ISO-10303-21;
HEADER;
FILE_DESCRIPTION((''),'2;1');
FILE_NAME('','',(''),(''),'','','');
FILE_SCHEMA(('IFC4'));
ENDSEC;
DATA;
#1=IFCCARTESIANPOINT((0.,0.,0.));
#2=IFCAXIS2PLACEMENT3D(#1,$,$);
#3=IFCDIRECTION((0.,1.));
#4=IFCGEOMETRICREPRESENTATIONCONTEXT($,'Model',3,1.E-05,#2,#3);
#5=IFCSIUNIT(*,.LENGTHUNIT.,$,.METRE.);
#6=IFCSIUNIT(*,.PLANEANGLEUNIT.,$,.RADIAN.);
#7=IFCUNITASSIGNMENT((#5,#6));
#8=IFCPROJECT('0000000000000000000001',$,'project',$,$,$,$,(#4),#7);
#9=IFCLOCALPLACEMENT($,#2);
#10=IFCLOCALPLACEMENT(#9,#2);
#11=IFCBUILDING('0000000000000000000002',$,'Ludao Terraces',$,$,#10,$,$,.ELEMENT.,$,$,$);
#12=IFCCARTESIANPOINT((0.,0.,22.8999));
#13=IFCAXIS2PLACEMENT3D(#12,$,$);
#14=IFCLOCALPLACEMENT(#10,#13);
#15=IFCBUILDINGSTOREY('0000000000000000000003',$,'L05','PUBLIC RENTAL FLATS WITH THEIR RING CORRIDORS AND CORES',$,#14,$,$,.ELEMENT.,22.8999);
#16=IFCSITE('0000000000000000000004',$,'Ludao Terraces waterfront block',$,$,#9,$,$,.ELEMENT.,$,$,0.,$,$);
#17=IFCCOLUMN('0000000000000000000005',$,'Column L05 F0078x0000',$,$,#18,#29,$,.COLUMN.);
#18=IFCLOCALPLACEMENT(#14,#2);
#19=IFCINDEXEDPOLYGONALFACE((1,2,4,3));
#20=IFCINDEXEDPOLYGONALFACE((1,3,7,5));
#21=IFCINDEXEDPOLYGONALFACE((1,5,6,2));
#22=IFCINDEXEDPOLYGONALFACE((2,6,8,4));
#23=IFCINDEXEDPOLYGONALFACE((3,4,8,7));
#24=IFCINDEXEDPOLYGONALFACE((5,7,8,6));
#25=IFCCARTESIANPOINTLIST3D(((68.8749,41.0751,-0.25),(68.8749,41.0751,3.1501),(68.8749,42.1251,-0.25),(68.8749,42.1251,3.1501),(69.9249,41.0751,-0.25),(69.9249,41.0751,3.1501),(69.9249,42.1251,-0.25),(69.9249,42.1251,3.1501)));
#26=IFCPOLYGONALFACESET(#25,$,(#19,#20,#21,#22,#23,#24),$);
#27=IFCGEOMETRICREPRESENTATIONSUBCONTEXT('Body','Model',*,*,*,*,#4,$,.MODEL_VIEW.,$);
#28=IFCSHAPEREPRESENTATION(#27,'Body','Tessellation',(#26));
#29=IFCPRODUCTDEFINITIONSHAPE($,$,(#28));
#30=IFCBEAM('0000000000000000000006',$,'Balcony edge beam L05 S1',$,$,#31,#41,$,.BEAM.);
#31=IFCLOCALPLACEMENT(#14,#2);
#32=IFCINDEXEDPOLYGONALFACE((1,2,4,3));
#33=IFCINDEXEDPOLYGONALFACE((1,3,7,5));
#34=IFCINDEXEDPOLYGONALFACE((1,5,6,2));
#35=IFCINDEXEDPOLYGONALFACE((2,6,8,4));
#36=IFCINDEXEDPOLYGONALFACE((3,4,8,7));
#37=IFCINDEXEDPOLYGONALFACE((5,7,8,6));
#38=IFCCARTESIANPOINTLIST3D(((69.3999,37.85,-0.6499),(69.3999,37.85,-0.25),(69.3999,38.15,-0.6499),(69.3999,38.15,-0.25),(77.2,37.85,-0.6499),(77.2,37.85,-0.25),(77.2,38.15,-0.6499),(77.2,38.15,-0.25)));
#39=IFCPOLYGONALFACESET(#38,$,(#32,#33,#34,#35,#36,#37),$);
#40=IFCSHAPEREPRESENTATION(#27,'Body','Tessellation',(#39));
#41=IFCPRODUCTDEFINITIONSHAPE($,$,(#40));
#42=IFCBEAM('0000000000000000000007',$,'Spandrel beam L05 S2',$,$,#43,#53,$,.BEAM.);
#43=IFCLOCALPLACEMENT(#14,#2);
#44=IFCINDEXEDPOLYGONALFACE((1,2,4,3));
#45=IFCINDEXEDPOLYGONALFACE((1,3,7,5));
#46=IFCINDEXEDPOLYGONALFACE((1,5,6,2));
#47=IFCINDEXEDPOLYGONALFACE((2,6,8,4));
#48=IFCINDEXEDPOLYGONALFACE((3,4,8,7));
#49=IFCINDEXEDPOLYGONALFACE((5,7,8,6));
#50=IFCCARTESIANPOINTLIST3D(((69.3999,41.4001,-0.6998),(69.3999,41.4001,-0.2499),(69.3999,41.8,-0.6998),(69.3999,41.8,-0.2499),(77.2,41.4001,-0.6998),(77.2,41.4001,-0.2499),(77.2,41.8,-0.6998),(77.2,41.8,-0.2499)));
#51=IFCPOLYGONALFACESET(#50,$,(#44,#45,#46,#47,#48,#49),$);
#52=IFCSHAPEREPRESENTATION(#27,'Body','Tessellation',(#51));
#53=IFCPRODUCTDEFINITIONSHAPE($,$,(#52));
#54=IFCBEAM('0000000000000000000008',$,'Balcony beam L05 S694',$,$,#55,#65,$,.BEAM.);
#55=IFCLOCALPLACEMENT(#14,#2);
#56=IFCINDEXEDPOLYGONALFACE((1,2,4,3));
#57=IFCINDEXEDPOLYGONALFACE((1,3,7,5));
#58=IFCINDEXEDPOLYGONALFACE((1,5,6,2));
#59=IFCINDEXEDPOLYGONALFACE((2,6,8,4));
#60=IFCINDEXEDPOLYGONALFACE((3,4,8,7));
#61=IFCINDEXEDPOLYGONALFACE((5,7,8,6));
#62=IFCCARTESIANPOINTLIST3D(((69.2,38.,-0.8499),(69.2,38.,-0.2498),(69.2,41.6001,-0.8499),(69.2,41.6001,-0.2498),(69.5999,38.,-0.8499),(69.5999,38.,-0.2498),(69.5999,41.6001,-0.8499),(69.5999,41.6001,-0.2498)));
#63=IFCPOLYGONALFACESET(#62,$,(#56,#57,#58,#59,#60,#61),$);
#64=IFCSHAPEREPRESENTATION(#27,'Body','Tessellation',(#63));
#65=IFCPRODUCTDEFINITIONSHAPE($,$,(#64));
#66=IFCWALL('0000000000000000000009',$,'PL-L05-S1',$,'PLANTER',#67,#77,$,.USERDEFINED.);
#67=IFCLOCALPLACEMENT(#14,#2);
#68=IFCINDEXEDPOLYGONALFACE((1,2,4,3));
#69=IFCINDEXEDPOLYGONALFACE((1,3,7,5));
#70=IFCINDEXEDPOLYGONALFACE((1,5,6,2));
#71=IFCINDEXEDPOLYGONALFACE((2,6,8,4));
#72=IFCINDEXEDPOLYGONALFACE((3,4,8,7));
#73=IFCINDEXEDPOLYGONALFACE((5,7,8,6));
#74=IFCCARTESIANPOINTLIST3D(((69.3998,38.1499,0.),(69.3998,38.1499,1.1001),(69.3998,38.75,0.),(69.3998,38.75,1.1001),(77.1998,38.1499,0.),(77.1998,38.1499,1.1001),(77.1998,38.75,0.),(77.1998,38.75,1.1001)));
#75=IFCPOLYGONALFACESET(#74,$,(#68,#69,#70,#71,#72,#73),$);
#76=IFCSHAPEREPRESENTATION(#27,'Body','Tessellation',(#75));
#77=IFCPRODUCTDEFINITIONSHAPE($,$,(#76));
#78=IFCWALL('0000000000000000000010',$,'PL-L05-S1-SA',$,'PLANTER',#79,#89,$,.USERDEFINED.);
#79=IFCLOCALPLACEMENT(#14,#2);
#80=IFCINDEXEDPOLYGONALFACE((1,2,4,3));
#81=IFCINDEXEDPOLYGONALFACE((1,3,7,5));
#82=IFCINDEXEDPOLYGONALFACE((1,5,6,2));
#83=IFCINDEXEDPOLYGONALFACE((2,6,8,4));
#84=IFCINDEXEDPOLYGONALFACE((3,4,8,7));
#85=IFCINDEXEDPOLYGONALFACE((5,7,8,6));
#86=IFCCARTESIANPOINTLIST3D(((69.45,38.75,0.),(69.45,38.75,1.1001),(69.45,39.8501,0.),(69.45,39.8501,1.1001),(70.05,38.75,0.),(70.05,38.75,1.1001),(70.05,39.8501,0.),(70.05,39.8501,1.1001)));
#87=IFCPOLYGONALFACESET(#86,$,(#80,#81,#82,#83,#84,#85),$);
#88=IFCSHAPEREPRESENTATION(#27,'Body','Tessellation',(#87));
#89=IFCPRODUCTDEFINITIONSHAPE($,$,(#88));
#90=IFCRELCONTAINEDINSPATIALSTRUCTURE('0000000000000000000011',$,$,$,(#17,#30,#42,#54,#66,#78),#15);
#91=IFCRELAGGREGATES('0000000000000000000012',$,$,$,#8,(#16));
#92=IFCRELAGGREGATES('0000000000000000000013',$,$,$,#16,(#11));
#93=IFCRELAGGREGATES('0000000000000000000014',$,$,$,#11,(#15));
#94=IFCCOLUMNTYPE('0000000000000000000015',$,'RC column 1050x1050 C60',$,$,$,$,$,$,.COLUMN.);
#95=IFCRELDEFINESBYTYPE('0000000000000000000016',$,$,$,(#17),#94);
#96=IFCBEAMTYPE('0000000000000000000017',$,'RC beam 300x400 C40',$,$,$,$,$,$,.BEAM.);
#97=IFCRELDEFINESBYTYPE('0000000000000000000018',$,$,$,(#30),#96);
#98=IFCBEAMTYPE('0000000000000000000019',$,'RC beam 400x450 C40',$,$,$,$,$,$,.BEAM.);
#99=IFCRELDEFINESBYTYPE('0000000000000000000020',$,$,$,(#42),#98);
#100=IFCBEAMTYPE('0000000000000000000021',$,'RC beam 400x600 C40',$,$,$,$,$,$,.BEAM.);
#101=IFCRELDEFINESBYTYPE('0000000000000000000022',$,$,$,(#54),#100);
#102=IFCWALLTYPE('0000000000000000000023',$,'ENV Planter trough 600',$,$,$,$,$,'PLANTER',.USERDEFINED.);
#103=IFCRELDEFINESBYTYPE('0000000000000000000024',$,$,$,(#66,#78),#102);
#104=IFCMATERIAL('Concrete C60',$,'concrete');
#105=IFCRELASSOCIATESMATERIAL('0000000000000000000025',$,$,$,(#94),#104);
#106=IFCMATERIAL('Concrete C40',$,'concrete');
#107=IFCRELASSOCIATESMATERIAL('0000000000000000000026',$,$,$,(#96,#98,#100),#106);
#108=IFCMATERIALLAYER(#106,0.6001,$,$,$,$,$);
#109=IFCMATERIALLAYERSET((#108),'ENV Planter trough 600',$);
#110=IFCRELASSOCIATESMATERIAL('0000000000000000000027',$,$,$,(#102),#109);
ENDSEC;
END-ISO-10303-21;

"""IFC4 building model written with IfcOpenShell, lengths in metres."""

from ifc_helpers import new_model, si_unit, direction, frame, frame_2d, origin, origin_2d, place, context, subcontext, project, spatial, rectangle, extrude, material, layer, layer_set, material_profile, profile_set, type_object, element, save


model = new_model("IFC4")

# Units and contexts
model_context = context("Model", 3, precision=1e-05, world=origin(), true_north=direction((0.0, 1.0)))
body_context = subcontext(model_context, "Body", "Model", "MODEL_VIEW")
ifc_project = project(units=[si_unit("LENGTHUNIT", "METRE"), si_unit("PLANEANGLEUNIT", "RADIAN")], contexts=[model_context])

# Site, building, storey
site_placement = place(None, origin())
site = spatial("IfcSite", under=ifc_project, at=site_placement, Name="Ludao Terraces waterfront block", CompositionType="ELEMENT", RefElevation=0.0)
building_placement = place(site_placement, origin())
building = spatial("IfcBuilding", under=site, at=building_placement, Name="Ludao Terraces", CompositionType="ELEMENT")
storey_placement = place(building_placement, frame((0.0, 0.0, 22.8999)))
storey = spatial("IfcBuildingStorey", under=building, at=storey_placement, Name="L05", Description="PUBLIC RENTAL FLATS WITH THEIR RING CORRIDORS AND CORES", CompositionType="ELEMENT", Elevation=22.8999)

# Column
ifc_material_1 = material(Name="Concrete C60", Category="concrete")
ifc_material_profile_1 = material_profile(ifc_material_1, rectangle(XDim=1.05, YDim=1.05, at=origin_2d()), Name="1050 X 1050")
ifc_profile_set_1 = profile_set([ifc_material_profile_1], Name="Concrete C60")
column_type = type_object("IfcColumnType", Name="RC column 1050x1050 C60", PredefinedType="COLUMN", material=ifc_profile_set_1)
column_placement = place(storey_placement, frame((69.3999, 41.6001, -0.25), z_axis=(0.0, 0.0, 1.0), x_axis=(1.0, 0.0, 0.0)))
element("IfcColumn", 1, at=column_placement, inside=storey, type_object=column_type, Name="Column L05 F0078x0000", PredefinedType="COLUMN", context=body_context, shape_type="SweptSolid", body=[
    extrude(rectangle(XDim=1.05, YDim=1.05, at=origin_2d()), origin(), (0.0, 0.0, 1.0), 3.4001),
])

# Beams
ifc_material_2 = material(Name="Concrete C40", Category="concrete")
ifc_material_profile_2 = material_profile(ifc_material_2, rectangle(XDim=0.3, YDim=0.3999, at=origin_2d()), Name="300 X 400")
ifc_profile_set_2 = profile_set([ifc_material_profile_2], Name="Concrete C40")
beam_type_1 = type_object("IfcBeamType", Name="RC beam 300x400 C40", PredefinedType="BEAM", material=ifc_profile_set_2)
beam_1_placement = place(storey_placement, frame((69.3999, 38.0, -0.45), z_axis=(1.0, 0.0, 0.0), x_axis=(0.0, 1.0, 0.0)))
element("IfcBeam", 2, at=beam_1_placement, inside=storey, type_object=beam_type_1, Name="Balcony edge beam L05 S1", PredefinedType="BEAM", context=body_context, shape_type="SweptSolid", body=[
    extrude(rectangle(XDim=0.3, YDim=0.3999, at=origin_2d()), origin(), (0.0, 0.0, 1.0), 7.8),
])
ifc_material_profile_3 = material_profile(ifc_material_2, rectangle(XDim=0.3999, YDim=0.45, at=origin_2d()), Name="400 X 450")
ifc_profile_set_3 = profile_set([ifc_material_profile_3], Name="Concrete C40")
beam_type_2 = type_object("IfcBeamType", Name="RC beam 400x450 C40", PredefinedType="BEAM", material=ifc_profile_set_3)
beam_2_placement = place(storey_placement, frame((69.3999, 41.6001, -0.4749), z_axis=(1.0, 0.0, 0.0), x_axis=(0.0, 1.0, 0.0)))
element("IfcBeam", 3, at=beam_2_placement, inside=storey, type_object=beam_type_2, Name="Spandrel beam L05 S2", PredefinedType="BEAM", context=body_context, shape_type="SweptSolid", body=[
    extrude(rectangle(XDim=0.3999, YDim=0.45, at=origin_2d()), origin(), (0.0, 0.0, 1.0), 7.8),
])
ifc_material_profile_4 = material_profile(ifc_material_2, rectangle(XDim=0.3999, YDim=0.6001, at=origin_2d()), Name="400 X 600")
ifc_profile_set_4 = profile_set([ifc_material_profile_4], Name="Concrete C40")
beam_type_3 = type_object("IfcBeamType", Name="RC beam 400x600 C40", PredefinedType="BEAM", material=ifc_profile_set_4)
beam_3_placement = place(storey_placement, frame((69.3999, 41.6001, -0.5498), z_axis=(0.0, -1.0, 0.0), x_axis=(1.0, 0.0, 0.0)))
element("IfcBeam", 4, at=beam_3_placement, inside=storey, type_object=beam_type_3, Name="Balcony beam L05 S694", PredefinedType="BEAM", context=body_context, shape_type="SweptSolid", body=[
    extrude(rectangle(XDim=0.3999, YDim=0.6001, at=origin_2d()), origin(), (0.0, 0.0, 1.0), 3.6001),
])

# Walls
ifc_layer = layer(ifc_material_2, 0.6001)
ifc_layer_set = layer_set([ifc_layer], Name="ENV Planter trough 600")
wall_type = type_object("IfcWallType", Name="ENV Planter trough 600", ElementType="PLANTER", PredefinedType="USERDEFINED", material=ifc_layer_set)
wall_1_placement = place(storey_placement, frame((69.3999, 38.45, 0.0), z_axis=(0.0, 0.0, 1.0), x_axis=(1.0, 0.0, 0.0)))
element("IfcWall", 5, at=wall_1_placement, inside=storey, type_object=wall_type, Name="PL-L05-S1", ObjectType="PLANTER", PredefinedType="USERDEFINED", context=body_context, shape_type="SweptSolid", body=[
    extrude(rectangle(XDim=7.8, YDim=0.6001, at=frame_2d((3.8999, 0.0))), origin(), (0.0, 0.0, 1.0), 1.1001),
])
wall_2_placement = place(storey_placement, frame((69.75, 38.75, 0.0), z_axis=(0.0, 0.0, 1.0), x_axis=(0.0, 1.0, 0.0)))
element("IfcWall", 6, at=wall_2_placement, inside=storey, type_object=wall_type, Name="PL-L05-S1-SA", ObjectType="PLANTER", PredefinedType="USERDEFINED", context=body_context, shape_type="SweptSolid", body=[
    extrude(rectangle(XDim=1.1001, YDim=0.6001, at=frame_2d((0.55, 0.0))), origin(), (0.0, 0.0, 1.0), 1.1001),
])

save(model, "model.ifc")
